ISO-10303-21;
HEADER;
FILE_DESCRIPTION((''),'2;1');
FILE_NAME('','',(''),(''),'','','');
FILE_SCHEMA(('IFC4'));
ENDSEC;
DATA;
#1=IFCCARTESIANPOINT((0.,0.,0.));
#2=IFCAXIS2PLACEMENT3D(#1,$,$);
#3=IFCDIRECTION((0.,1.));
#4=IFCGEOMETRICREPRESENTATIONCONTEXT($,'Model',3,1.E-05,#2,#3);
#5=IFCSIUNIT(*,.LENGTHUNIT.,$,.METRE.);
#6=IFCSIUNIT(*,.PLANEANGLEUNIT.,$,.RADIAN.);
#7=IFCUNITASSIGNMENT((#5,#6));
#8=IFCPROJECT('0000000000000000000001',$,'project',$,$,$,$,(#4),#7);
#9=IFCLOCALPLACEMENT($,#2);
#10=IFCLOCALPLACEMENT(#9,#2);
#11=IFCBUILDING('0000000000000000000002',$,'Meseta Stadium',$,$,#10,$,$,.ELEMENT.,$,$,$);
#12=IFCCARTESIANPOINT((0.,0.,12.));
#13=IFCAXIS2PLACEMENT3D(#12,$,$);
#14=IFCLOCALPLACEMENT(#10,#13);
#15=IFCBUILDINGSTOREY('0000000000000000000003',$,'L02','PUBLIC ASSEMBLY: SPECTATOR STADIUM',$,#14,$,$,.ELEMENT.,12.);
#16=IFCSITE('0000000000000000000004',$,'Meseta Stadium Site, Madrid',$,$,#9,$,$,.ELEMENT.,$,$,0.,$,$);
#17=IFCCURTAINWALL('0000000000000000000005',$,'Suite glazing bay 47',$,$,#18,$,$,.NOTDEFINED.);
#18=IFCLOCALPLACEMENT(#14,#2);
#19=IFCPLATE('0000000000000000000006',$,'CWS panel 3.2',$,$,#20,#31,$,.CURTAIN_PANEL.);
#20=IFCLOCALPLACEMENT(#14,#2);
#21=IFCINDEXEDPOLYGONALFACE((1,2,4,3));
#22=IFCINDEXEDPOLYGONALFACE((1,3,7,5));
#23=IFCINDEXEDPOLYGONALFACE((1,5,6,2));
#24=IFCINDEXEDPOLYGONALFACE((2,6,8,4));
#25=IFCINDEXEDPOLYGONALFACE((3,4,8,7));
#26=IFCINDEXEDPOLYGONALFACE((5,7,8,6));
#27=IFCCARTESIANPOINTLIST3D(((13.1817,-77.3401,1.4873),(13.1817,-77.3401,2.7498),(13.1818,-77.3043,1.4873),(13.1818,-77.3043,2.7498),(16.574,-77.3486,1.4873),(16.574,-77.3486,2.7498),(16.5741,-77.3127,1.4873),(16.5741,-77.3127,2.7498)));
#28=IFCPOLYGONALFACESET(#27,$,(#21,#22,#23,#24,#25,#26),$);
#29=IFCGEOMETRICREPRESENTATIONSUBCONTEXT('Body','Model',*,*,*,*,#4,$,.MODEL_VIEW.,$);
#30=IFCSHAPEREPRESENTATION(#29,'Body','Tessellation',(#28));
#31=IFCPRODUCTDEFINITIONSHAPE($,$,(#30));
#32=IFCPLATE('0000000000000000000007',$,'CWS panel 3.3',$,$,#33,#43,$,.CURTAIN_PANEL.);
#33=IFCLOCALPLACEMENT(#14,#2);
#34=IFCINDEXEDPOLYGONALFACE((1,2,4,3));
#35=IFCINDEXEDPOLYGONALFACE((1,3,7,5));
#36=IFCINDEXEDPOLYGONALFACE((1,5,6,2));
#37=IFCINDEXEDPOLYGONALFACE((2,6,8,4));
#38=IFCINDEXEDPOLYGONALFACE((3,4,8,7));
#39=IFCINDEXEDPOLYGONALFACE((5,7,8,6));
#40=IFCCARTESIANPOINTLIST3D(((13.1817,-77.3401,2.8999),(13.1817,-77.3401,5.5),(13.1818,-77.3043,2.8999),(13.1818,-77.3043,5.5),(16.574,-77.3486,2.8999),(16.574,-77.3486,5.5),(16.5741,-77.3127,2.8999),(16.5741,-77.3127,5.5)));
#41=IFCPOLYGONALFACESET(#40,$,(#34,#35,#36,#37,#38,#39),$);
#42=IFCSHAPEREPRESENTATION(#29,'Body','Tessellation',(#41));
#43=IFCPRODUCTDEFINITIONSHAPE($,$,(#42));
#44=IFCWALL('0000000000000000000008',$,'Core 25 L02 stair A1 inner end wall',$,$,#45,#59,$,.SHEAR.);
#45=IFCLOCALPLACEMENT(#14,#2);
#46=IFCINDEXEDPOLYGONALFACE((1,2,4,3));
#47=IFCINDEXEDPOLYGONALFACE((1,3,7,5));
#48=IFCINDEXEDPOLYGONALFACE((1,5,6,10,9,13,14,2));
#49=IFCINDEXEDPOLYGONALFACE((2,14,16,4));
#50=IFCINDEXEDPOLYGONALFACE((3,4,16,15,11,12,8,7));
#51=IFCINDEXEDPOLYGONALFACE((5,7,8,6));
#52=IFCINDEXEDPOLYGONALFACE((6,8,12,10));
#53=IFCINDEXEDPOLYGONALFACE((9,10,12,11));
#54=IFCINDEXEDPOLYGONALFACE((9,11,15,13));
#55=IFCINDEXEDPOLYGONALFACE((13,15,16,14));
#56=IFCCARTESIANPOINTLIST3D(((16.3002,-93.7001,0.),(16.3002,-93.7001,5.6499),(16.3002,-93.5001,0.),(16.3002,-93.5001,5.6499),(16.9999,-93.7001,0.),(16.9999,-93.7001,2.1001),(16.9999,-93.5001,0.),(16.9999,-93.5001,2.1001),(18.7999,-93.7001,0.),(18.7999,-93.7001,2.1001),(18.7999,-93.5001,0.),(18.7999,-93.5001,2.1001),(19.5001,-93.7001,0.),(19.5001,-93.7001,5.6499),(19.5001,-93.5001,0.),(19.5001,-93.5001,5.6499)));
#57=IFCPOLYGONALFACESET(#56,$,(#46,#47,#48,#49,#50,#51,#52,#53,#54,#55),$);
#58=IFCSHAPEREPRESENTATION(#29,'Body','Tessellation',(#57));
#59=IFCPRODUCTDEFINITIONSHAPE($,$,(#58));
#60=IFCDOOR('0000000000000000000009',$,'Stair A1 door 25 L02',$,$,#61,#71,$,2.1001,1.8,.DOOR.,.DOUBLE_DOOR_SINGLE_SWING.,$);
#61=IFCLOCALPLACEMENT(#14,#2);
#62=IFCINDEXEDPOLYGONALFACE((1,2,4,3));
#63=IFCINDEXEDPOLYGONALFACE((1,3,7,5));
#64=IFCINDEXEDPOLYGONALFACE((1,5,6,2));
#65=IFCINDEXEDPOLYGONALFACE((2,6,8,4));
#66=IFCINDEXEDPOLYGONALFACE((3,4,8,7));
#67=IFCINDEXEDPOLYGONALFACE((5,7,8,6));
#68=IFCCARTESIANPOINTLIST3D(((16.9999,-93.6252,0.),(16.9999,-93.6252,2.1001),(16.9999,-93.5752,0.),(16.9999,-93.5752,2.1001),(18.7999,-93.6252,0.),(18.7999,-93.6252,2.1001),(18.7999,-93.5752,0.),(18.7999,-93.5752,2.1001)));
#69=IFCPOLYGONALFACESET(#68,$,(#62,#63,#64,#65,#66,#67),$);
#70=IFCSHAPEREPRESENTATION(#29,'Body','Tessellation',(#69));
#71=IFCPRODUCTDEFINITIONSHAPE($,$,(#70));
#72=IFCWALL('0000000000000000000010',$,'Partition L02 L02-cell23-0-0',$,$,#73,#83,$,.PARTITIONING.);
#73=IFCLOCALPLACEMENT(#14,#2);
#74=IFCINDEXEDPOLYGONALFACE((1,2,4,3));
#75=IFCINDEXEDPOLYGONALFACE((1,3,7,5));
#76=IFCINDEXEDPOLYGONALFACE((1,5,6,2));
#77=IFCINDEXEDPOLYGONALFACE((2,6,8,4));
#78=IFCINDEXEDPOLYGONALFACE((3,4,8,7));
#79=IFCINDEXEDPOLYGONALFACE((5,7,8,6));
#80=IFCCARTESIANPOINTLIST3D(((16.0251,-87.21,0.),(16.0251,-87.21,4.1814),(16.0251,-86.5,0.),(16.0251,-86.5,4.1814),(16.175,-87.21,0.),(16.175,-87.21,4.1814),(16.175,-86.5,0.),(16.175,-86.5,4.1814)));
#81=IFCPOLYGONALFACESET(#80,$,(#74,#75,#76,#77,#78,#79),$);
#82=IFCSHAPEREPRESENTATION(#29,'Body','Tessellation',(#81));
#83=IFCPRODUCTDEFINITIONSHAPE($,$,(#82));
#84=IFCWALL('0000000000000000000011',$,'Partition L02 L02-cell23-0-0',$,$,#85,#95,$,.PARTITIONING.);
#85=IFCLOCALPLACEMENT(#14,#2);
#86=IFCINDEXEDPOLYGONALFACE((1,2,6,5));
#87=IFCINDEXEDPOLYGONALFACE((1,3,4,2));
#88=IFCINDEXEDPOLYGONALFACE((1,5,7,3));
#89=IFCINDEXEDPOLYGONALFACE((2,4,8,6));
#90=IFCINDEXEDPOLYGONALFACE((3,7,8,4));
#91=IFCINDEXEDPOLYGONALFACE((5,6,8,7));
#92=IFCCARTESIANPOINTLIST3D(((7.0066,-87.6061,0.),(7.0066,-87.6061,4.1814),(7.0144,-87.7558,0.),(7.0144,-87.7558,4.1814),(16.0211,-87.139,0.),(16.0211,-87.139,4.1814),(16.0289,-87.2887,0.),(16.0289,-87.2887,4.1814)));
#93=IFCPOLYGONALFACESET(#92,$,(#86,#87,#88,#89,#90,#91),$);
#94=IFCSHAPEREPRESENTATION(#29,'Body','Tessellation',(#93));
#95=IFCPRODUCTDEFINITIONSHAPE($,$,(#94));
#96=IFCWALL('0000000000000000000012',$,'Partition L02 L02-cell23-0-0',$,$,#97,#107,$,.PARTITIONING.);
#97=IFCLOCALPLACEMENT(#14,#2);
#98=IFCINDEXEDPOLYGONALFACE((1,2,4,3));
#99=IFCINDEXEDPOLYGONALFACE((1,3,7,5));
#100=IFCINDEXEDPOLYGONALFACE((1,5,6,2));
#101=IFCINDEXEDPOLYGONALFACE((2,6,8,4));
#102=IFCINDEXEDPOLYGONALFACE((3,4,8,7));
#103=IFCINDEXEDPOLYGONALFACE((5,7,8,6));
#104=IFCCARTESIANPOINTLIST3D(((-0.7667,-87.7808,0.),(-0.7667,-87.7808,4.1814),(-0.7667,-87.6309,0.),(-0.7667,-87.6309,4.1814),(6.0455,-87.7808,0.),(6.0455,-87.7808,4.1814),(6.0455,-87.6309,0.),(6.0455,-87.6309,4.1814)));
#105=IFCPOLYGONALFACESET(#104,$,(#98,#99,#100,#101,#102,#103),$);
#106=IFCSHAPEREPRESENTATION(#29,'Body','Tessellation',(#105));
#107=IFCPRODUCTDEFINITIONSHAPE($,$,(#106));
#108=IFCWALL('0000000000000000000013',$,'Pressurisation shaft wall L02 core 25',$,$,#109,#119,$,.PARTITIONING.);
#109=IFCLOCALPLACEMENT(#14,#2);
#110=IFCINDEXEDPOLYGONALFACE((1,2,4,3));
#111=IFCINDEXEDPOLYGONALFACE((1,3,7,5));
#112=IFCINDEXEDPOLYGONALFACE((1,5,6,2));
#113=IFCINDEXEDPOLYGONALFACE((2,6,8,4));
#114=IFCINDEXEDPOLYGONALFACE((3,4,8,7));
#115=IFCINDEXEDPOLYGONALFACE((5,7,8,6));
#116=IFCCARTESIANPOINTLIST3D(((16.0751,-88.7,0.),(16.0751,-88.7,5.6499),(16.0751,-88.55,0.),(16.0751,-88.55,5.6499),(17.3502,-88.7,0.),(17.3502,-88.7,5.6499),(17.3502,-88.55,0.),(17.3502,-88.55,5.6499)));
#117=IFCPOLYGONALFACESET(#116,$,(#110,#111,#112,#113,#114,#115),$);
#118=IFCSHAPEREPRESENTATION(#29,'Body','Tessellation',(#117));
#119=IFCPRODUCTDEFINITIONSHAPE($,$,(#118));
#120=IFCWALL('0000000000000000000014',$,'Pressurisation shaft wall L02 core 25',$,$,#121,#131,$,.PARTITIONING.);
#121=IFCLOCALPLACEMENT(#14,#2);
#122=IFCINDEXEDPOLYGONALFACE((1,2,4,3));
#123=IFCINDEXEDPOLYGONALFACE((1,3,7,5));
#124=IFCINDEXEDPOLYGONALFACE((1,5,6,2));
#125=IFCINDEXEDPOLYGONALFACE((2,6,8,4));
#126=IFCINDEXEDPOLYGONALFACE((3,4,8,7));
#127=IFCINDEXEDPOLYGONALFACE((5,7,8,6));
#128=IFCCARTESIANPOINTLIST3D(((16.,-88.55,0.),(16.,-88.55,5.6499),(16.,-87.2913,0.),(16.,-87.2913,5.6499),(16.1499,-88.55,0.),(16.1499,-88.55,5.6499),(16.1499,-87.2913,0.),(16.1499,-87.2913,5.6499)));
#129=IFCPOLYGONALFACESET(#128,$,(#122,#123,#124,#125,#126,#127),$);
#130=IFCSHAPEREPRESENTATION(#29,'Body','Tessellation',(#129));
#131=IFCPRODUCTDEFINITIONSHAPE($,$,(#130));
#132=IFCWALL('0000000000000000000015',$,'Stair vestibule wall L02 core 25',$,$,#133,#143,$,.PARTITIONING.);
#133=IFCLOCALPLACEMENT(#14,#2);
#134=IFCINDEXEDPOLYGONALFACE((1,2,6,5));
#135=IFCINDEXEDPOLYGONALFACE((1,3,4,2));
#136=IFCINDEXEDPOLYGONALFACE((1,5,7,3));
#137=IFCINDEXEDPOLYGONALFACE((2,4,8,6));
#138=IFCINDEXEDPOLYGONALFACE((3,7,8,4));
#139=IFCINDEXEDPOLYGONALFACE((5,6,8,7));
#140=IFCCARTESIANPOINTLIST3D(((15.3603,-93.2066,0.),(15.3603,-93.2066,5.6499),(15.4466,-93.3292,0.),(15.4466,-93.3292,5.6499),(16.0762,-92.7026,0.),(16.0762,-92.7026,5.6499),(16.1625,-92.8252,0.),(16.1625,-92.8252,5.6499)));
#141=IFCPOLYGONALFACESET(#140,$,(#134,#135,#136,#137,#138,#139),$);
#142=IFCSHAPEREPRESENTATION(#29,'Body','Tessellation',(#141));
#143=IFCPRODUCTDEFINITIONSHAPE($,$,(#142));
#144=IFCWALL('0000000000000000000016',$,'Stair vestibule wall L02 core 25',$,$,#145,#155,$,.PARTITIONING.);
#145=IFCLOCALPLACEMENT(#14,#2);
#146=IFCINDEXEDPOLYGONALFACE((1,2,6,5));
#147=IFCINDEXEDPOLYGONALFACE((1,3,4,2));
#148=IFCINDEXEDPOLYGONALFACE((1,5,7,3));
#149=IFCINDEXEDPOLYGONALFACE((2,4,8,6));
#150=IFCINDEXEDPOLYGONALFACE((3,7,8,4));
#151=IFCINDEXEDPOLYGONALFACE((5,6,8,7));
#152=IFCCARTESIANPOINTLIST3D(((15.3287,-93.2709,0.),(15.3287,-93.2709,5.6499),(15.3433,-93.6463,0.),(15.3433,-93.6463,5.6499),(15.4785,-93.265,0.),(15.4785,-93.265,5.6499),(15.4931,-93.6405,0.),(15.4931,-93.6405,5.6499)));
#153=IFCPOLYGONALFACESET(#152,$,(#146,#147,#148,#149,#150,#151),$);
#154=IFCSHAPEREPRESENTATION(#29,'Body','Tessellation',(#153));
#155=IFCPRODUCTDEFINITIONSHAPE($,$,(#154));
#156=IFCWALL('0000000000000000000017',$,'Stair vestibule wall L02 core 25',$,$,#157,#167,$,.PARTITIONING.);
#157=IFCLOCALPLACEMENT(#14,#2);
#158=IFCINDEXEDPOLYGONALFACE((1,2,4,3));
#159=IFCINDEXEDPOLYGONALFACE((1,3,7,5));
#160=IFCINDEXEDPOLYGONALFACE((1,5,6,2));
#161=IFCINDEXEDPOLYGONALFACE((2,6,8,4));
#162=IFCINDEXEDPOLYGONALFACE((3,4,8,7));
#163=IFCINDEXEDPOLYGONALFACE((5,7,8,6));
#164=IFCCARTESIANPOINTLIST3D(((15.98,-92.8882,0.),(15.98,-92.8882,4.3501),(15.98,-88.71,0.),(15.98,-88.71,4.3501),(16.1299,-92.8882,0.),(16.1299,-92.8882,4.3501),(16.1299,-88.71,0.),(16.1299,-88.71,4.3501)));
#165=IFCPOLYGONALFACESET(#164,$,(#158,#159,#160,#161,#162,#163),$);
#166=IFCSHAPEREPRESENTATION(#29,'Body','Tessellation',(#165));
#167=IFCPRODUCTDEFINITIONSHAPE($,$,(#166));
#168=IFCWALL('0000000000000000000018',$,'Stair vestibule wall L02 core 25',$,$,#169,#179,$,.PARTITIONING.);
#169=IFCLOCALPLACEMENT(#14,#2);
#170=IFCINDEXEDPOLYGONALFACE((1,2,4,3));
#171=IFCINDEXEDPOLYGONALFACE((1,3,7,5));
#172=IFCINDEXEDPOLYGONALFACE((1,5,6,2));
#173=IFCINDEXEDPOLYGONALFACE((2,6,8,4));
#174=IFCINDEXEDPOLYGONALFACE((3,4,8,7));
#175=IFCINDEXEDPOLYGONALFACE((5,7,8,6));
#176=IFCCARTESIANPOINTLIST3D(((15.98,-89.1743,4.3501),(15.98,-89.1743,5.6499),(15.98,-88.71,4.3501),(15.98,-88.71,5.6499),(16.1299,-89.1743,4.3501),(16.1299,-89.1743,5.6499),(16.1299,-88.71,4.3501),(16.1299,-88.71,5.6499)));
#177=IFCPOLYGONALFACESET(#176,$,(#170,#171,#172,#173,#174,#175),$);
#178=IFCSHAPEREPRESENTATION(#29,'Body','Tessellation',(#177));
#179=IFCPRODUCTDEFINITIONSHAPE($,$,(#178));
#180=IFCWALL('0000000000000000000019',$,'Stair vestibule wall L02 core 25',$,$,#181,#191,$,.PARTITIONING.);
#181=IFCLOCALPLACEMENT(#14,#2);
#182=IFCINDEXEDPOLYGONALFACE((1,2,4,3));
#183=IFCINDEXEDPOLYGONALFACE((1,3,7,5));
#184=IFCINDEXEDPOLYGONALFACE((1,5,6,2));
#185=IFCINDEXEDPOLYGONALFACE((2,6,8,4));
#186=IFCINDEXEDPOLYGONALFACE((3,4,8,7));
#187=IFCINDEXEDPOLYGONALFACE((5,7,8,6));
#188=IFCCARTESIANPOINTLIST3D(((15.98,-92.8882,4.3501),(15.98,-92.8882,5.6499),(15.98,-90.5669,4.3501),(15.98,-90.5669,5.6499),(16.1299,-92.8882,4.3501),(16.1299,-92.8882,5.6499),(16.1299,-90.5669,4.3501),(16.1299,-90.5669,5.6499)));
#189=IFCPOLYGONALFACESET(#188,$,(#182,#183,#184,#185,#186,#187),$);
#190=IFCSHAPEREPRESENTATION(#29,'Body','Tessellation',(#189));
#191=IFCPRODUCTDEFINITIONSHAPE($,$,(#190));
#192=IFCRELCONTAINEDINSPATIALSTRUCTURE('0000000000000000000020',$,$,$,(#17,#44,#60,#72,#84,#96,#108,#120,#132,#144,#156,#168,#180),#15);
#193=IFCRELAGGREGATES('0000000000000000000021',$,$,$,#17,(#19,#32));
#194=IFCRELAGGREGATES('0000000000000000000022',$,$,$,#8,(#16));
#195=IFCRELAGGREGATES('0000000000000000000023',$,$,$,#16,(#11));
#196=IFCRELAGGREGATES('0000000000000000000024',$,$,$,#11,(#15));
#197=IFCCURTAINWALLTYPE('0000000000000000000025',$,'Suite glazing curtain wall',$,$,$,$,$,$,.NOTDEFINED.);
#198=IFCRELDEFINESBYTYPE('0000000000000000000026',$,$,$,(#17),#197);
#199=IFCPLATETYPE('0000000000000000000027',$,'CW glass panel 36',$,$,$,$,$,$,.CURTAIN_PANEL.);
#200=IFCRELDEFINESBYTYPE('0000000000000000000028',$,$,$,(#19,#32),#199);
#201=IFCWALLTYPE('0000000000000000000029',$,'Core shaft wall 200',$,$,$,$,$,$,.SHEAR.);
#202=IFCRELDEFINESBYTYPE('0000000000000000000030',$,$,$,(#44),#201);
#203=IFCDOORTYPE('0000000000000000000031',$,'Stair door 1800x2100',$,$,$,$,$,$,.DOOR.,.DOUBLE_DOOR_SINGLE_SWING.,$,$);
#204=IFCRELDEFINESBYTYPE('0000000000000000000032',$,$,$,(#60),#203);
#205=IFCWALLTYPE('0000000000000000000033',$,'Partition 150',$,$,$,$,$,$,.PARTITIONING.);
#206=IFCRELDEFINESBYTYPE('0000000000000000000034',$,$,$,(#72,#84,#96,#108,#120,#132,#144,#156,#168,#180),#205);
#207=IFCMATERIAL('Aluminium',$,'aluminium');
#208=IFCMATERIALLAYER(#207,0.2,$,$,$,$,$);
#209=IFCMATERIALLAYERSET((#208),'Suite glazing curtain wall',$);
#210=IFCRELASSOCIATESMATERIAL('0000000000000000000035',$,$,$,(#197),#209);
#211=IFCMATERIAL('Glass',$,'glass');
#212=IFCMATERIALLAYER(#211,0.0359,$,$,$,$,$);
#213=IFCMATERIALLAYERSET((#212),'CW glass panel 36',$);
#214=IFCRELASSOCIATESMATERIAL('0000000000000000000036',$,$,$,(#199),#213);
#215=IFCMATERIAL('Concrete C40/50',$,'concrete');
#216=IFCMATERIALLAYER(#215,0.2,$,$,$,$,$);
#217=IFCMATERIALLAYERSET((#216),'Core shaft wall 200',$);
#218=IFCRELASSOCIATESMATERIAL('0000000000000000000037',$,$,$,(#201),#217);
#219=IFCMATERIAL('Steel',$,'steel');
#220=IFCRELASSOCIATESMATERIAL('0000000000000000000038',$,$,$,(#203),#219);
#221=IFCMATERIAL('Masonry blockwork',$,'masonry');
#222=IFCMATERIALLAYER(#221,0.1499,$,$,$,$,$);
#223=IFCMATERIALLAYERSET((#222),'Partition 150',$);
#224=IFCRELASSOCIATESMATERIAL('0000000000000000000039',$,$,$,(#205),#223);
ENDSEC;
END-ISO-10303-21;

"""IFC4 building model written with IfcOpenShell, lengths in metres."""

from ifc_helpers import new_model, si_unit, direction, frame, frame_2d, origin, origin_2d, place, context, subcontext, project, spatial, rectangle, extrude, material, layer, layer_set, type_object, element, fill, aggregate, save


model = new_model("IFC4")

# Units and contexts
model_context = context("Model", 3, precision=1e-05, world=origin(), true_north=direction((0.0, 1.0)))
body_context = subcontext(model_context, "Body", "Model", "MODEL_VIEW")
ifc_project = project(units=[si_unit("LENGTHUNIT", "METRE"), si_unit("PLANEANGLEUNIT", "RADIAN")], contexts=[model_context])

# Site, building, storey
site_placement = place(None, origin())
site = spatial("IfcSite", under=ifc_project, at=site_placement, Name="Meseta Stadium Site, Madrid", CompositionType="ELEMENT", RefElevation=0.0)
building_placement = place(site_placement, origin())
building = spatial("IfcBuilding", under=site, at=building_placement, Name="Meseta Stadium", CompositionType="ELEMENT")
storey_placement = place(building_placement, frame((0.0, 0.0, 12.0)))
storey = spatial("IfcBuildingStorey", under=building, at=storey_placement, Name="L02", Description="PUBLIC ASSEMBLY: SPECTATOR STADIUM", CompositionType="ELEMENT", Elevation=12.0)

# Curtain wall
ifc_material_1 = material(Name="Aluminium", Category="aluminium")
ifc_layer_1 = layer(ifc_material_1, 0.2)
ifc_layer_set_1 = layer_set([ifc_layer_1], Name="Suite glazing curtain wall")
curtain_wall_type = type_object("IfcCurtainWallType", Name="Suite glazing curtain wall", PredefinedType="NOTDEFINED", material=ifc_layer_set_1)
curtain_wall_placement = place(storey_placement, origin())
curtain_wall = element("IfcCurtainWall", 1, at=curtain_wall_placement, inside=storey, type_object=curtain_wall_type, Name="Suite glazing bay 47", PredefinedType="NOTDEFINED")

# Plates
ifc_material_2 = material(Name="Glass", Category="glass")
ifc_layer_2 = layer(ifc_material_2, 0.0359)
ifc_layer_set_2 = layer_set([ifc_layer_2], Name="CW glass panel 36")
plate_type = type_object("IfcPlateType", Name="CW glass panel 36", PredefinedType="CURTAIN_PANEL", material=ifc_layer_set_2)
plate_1_placement = place(storey_placement, frame((14.8779, -77.3264, 1.4873), z_axis=(0.0, 0.0, 1.0), x_axis=(0.999997, -0.002486, 0.0)))
plate_1 = element("IfcPlate", 2, at=plate_1_placement, type_object=plate_type, Name="CWS panel 3.2", PredefinedType="CURTAIN_PANEL", context=body_context, shape_type="SweptSolid", body=[
    extrude(rectangle(XDim=3.3923, YDim=0.0359, at=origin_2d()), origin(), (0.0, 0.0, 1.0), 1.2625),
])
plate_2_placement = place(storey_placement, frame((14.8779, -77.3264, 2.8999), z_axis=(0.0, 0.0, 1.0), x_axis=(0.999997, -0.002486, 0.0)))
plate_2 = element("IfcPlate", 3, at=plate_2_placement, type_object=plate_type, Name="CWS panel 3.3", PredefinedType="CURTAIN_PANEL", context=body_context, shape_type="SweptSolid", body=[
    extrude(rectangle(XDim=3.3923, YDim=0.0359, at=origin_2d()), origin(), (0.0, 0.0, 1.0), 2.6001),
])
aggregate(curtain_wall, [plate_1, plate_2])

# Wall, opening, door
ifc_material_3 = material(Name="Concrete C40/50", Category="concrete")
ifc_layer_3 = layer(ifc_material_3, 0.2)
ifc_layer_set_3 = layer_set([ifc_layer_3], Name="Core shaft wall 200")
wall_type_1 = type_object("IfcWallType", Name="Core shaft wall 200", PredefinedType="SHEAR", material=ifc_layer_set_3)
wall_1_placement = place(storey_placement, frame((16.3, -93.6001, 0.0), z_axis=(0.0, 0.0, 1.0), x_axis=(1.0, 0.0, 0.0)))
wall_1 = element("IfcWall", 4, at=wall_1_placement, inside=storey, type_object=wall_type_1, Name="Core 25 L02 stair A1 inner end wall", PredefinedType="SHEAR", context=body_context, shape_type="SweptSolid", body=[
    extrude(rectangle(XDim=3.2, YDim=0.2, at=frame_2d((1.6001, 0.0))), origin(), (0.0, 0.0, 1.0), 5.6499),
])
opening_placement = place(wall_1_placement, frame((0.7, 0.0, 0.0)))
opening = element("IfcOpeningElement", 5, at=opening_placement, cuts=wall_1, PredefinedType="OPENING", context=body_context, shape_type="SweptSolid", body=[
    extrude(rectangle(XDim=1.8, YDim=2.1001, at=frame_2d((0.8999, 1.05))), frame((0.0, 0.1099, 0.0), z_axis=(0.0, -1.0, 0.0), x_axis=(1.0, 0.0, 0.0)), (0.0, 0.0, 1.0), 0.22),
])
ifc_material_4 = material(Name="Steel", Category="steel")
door_type = type_object("IfcDoorType", Name="Stair door 1800x2100", OperationType="DOUBLE_DOOR_SINGLE_SWING", PredefinedType="DOOR", material=ifc_material_4)
door_placement = place(opening_placement, origin())
door = element("IfcDoor", 6, at=door_placement, inside=storey, type_object=door_type, Name="Stair A1 door 25 L02", OperationType="DOUBLE_DOOR_SINGLE_SWING", OverallHeight=2.1001, OverallWidth=1.8, PredefinedType="DOOR", context=body_context, shape_type="SweptSolid", body=[
    extrude(rectangle(XDim=1.8, YDim=2.1001, at=frame_2d((0.8999, 1.05))), frame((0.0, 0.0249, 0.0), z_axis=(0.0, -1.0, 0.0), x_axis=(1.0, 0.0, 0.0)), (0.0, 0.0, 1.0), 0.05),
])
fill(opening, door)

# Walls
ifc_material_5 = material(Name="Masonry blockwork", Category="masonry")
ifc_layer_4 = layer(ifc_material_5, 0.1499)
ifc_layer_set_4 = layer_set([ifc_layer_4], Name="Partition 150")
wall_type_2 = type_object("IfcWallType", Name="Partition 150", PredefinedType="PARTITIONING", material=ifc_layer_set_4)
wall_2_placement = place(storey_placement, frame((16.1001, -86.5, 0.0), z_axis=(0.0, 0.0, 1.0), x_axis=(0.0, -1.0, 0.0)))
element("IfcWall", 7, at=wall_2_placement, inside=storey, type_object=wall_type_2, Name="Partition L02 L02-cell23-0-0", PredefinedType="PARTITIONING", context=body_context, shape_type="SweptSolid", body=[
    extrude(rectangle(XDim=0.71, YDim=0.1499, at=frame_2d((0.355, 0.0))), origin(), (0.0, 0.0, 1.0), 4.1814),
])
wall_3_placement = place(storey_placement, frame((16.0249, -87.2139, 0.0), z_axis=(0.0, 0.0, 1.0), x_axis=(-0.998661, -0.051741, 0.0)))
element("IfcWall", 8, at=wall_3_placement, inside=storey, type_object=wall_type_2, Name="Partition L02 L02-cell23-0-0", PredefinedType="PARTITIONING", context=body_context, shape_type="SweptSolid", body=[
    extrude(rectangle(XDim=9.0266, YDim=0.1499, at=frame_2d((4.5132, 0.0))), origin(), (0.0, 0.0, 1.0), 4.1814),
])
wall_4_placement = place(storey_placement, frame((6.0457, -87.7058, 0.0), z_axis=(0.0, 0.0, 1.0), x_axis=(-1.0, 0.0, 0.0)))
element("IfcWall", 9, at=wall_4_placement, inside=storey, type_object=wall_type_2, Name="Partition L02 L02-cell23-0-0", PredefinedType="PARTITIONING", context=body_context, shape_type="SweptSolid", body=[
    extrude(rectangle(XDim=6.8123, YDim=0.1499, at=frame_2d((3.4062, 0.0))), origin(), (0.0, 0.0, 1.0), 4.1814),
])
wall_5_placement = place(storey_placement, frame((16.075, -88.625, 0.0), z_axis=(0.0, 0.0, 1.0), x_axis=(1.0, 0.0, 0.0)))
element("IfcWall", 10, at=wall_5_placement, inside=storey, type_object=wall_type_2, Name="Pressurisation shaft wall L02 core 25", PredefinedType="PARTITIONING", context=body_context, shape_type="SweptSolid", body=[
    extrude(rectangle(XDim=1.2751, YDim=0.1499, at=frame_2d((0.6377, 0.0))), origin(), (0.0, 0.0, 1.0), 5.6499),
])
wall_6_placement = place(storey_placement, frame((16.075, -87.2913, 0.0), z_axis=(0.0, 0.0, 1.0), x_axis=(0.0, -1.0, 0.0)))
element("IfcWall", 11, at=wall_6_placement, inside=storey, type_object=wall_type_2, Name="Pressurisation shaft wall L02 core 25", PredefinedType="PARTITIONING", context=body_context, shape_type="SweptSolid", body=[
    extrude(rectangle(XDim=1.2588, YDim=0.1499, at=frame_2d((0.6294, 0.0))), origin(), (0.0, 0.0, 1.0), 5.6499),
])
wall_7_placement = place(storey_placement, frame((16.1194, -92.7639, 0.0), z_axis=(0.0, 0.0, 1.0), x_axis=(-0.817709, -0.575632, 0.0)))
element("IfcWall", 12, at=wall_7_placement, inside=storey, type_object=wall_type_2, Name="Stair vestibule wall L02 core 25", PredefinedType="PARTITIONING", context=body_context, shape_type="SweptSolid", body=[
    extrude(rectangle(XDim=0.8755, YDim=0.1499, at=frame_2d((0.4377, 0.0))), origin(), (0.0, 0.0, 1.0), 5.6499),
])
wall_8_placement = place(storey_placement, frame((15.4036, -93.2678, 0.0), z_axis=(0.0, 0.0, 1.0), x_axis=(0.038982, -0.99924, 0.0)))
element("IfcWall", 13, at=wall_8_placement, inside=storey, type_object=wall_type_2, Name="Stair vestibule wall L02 core 25", PredefinedType="PARTITIONING", context=body_context, shape_type="SweptSolid", body=[
    extrude(rectangle(XDim=0.3757, YDim=0.1499, at=frame_2d((0.188, 0.0))), origin(), (0.0, 0.0, 1.0), 5.6499),
])
wall_9_placement = place(storey_placement, frame((16.0549, -88.71, 0.0), z_axis=(0.0, 0.0, 1.0), x_axis=(0.0, -1.0, 0.0)))
element("IfcWall", 14, at=wall_9_placement, inside=storey, type_object=wall_type_2, Name="Stair vestibule wall L02 core 25", PredefinedType="PARTITIONING", context=body_context, shape_type="SweptSolid", body=[
    extrude(rectangle(XDim=4.1782, YDim=0.1499, at=frame_2d((2.0891, 0.0))), origin(), (0.0, 0.0, 1.0), 4.3501),
])
wall_10_placement = place(storey_placement, frame((16.0549, -88.71, 4.3501), z_axis=(0.0, 0.0, 1.0), x_axis=(0.0, -1.0, 0.0)))
element("IfcWall", 15, at=wall_10_placement, inside=storey, type_object=wall_type_2, Name="Stair vestibule wall L02 core 25", PredefinedType="PARTITIONING", context=body_context, shape_type="SweptSolid", body=[
    extrude(rectangle(XDim=0.4644, YDim=0.1499, at=frame_2d((0.2322, 0.0))), origin(), (0.0, 0.0, 1.0), 1.2998),
])
wall_11_placement = place(storey_placement, frame((16.0549, -90.5669, 4.3501), z_axis=(0.0, 0.0, 1.0), x_axis=(0.0, -1.0, 0.0)))
element("IfcWall", 16, at=wall_11_placement, inside=storey, type_object=wall_type_2, Name="Stair vestibule wall L02 core 25", PredefinedType="PARTITIONING", context=body_context, shape_type="SweptSolid", body=[
    extrude(rectangle(XDim=2.3213, YDim=0.1499, at=frame_2d((1.1606, 0.0))), origin(), (0.0, 0.0, 1.0), 1.2998),
])

save(model, "model.ifc")
